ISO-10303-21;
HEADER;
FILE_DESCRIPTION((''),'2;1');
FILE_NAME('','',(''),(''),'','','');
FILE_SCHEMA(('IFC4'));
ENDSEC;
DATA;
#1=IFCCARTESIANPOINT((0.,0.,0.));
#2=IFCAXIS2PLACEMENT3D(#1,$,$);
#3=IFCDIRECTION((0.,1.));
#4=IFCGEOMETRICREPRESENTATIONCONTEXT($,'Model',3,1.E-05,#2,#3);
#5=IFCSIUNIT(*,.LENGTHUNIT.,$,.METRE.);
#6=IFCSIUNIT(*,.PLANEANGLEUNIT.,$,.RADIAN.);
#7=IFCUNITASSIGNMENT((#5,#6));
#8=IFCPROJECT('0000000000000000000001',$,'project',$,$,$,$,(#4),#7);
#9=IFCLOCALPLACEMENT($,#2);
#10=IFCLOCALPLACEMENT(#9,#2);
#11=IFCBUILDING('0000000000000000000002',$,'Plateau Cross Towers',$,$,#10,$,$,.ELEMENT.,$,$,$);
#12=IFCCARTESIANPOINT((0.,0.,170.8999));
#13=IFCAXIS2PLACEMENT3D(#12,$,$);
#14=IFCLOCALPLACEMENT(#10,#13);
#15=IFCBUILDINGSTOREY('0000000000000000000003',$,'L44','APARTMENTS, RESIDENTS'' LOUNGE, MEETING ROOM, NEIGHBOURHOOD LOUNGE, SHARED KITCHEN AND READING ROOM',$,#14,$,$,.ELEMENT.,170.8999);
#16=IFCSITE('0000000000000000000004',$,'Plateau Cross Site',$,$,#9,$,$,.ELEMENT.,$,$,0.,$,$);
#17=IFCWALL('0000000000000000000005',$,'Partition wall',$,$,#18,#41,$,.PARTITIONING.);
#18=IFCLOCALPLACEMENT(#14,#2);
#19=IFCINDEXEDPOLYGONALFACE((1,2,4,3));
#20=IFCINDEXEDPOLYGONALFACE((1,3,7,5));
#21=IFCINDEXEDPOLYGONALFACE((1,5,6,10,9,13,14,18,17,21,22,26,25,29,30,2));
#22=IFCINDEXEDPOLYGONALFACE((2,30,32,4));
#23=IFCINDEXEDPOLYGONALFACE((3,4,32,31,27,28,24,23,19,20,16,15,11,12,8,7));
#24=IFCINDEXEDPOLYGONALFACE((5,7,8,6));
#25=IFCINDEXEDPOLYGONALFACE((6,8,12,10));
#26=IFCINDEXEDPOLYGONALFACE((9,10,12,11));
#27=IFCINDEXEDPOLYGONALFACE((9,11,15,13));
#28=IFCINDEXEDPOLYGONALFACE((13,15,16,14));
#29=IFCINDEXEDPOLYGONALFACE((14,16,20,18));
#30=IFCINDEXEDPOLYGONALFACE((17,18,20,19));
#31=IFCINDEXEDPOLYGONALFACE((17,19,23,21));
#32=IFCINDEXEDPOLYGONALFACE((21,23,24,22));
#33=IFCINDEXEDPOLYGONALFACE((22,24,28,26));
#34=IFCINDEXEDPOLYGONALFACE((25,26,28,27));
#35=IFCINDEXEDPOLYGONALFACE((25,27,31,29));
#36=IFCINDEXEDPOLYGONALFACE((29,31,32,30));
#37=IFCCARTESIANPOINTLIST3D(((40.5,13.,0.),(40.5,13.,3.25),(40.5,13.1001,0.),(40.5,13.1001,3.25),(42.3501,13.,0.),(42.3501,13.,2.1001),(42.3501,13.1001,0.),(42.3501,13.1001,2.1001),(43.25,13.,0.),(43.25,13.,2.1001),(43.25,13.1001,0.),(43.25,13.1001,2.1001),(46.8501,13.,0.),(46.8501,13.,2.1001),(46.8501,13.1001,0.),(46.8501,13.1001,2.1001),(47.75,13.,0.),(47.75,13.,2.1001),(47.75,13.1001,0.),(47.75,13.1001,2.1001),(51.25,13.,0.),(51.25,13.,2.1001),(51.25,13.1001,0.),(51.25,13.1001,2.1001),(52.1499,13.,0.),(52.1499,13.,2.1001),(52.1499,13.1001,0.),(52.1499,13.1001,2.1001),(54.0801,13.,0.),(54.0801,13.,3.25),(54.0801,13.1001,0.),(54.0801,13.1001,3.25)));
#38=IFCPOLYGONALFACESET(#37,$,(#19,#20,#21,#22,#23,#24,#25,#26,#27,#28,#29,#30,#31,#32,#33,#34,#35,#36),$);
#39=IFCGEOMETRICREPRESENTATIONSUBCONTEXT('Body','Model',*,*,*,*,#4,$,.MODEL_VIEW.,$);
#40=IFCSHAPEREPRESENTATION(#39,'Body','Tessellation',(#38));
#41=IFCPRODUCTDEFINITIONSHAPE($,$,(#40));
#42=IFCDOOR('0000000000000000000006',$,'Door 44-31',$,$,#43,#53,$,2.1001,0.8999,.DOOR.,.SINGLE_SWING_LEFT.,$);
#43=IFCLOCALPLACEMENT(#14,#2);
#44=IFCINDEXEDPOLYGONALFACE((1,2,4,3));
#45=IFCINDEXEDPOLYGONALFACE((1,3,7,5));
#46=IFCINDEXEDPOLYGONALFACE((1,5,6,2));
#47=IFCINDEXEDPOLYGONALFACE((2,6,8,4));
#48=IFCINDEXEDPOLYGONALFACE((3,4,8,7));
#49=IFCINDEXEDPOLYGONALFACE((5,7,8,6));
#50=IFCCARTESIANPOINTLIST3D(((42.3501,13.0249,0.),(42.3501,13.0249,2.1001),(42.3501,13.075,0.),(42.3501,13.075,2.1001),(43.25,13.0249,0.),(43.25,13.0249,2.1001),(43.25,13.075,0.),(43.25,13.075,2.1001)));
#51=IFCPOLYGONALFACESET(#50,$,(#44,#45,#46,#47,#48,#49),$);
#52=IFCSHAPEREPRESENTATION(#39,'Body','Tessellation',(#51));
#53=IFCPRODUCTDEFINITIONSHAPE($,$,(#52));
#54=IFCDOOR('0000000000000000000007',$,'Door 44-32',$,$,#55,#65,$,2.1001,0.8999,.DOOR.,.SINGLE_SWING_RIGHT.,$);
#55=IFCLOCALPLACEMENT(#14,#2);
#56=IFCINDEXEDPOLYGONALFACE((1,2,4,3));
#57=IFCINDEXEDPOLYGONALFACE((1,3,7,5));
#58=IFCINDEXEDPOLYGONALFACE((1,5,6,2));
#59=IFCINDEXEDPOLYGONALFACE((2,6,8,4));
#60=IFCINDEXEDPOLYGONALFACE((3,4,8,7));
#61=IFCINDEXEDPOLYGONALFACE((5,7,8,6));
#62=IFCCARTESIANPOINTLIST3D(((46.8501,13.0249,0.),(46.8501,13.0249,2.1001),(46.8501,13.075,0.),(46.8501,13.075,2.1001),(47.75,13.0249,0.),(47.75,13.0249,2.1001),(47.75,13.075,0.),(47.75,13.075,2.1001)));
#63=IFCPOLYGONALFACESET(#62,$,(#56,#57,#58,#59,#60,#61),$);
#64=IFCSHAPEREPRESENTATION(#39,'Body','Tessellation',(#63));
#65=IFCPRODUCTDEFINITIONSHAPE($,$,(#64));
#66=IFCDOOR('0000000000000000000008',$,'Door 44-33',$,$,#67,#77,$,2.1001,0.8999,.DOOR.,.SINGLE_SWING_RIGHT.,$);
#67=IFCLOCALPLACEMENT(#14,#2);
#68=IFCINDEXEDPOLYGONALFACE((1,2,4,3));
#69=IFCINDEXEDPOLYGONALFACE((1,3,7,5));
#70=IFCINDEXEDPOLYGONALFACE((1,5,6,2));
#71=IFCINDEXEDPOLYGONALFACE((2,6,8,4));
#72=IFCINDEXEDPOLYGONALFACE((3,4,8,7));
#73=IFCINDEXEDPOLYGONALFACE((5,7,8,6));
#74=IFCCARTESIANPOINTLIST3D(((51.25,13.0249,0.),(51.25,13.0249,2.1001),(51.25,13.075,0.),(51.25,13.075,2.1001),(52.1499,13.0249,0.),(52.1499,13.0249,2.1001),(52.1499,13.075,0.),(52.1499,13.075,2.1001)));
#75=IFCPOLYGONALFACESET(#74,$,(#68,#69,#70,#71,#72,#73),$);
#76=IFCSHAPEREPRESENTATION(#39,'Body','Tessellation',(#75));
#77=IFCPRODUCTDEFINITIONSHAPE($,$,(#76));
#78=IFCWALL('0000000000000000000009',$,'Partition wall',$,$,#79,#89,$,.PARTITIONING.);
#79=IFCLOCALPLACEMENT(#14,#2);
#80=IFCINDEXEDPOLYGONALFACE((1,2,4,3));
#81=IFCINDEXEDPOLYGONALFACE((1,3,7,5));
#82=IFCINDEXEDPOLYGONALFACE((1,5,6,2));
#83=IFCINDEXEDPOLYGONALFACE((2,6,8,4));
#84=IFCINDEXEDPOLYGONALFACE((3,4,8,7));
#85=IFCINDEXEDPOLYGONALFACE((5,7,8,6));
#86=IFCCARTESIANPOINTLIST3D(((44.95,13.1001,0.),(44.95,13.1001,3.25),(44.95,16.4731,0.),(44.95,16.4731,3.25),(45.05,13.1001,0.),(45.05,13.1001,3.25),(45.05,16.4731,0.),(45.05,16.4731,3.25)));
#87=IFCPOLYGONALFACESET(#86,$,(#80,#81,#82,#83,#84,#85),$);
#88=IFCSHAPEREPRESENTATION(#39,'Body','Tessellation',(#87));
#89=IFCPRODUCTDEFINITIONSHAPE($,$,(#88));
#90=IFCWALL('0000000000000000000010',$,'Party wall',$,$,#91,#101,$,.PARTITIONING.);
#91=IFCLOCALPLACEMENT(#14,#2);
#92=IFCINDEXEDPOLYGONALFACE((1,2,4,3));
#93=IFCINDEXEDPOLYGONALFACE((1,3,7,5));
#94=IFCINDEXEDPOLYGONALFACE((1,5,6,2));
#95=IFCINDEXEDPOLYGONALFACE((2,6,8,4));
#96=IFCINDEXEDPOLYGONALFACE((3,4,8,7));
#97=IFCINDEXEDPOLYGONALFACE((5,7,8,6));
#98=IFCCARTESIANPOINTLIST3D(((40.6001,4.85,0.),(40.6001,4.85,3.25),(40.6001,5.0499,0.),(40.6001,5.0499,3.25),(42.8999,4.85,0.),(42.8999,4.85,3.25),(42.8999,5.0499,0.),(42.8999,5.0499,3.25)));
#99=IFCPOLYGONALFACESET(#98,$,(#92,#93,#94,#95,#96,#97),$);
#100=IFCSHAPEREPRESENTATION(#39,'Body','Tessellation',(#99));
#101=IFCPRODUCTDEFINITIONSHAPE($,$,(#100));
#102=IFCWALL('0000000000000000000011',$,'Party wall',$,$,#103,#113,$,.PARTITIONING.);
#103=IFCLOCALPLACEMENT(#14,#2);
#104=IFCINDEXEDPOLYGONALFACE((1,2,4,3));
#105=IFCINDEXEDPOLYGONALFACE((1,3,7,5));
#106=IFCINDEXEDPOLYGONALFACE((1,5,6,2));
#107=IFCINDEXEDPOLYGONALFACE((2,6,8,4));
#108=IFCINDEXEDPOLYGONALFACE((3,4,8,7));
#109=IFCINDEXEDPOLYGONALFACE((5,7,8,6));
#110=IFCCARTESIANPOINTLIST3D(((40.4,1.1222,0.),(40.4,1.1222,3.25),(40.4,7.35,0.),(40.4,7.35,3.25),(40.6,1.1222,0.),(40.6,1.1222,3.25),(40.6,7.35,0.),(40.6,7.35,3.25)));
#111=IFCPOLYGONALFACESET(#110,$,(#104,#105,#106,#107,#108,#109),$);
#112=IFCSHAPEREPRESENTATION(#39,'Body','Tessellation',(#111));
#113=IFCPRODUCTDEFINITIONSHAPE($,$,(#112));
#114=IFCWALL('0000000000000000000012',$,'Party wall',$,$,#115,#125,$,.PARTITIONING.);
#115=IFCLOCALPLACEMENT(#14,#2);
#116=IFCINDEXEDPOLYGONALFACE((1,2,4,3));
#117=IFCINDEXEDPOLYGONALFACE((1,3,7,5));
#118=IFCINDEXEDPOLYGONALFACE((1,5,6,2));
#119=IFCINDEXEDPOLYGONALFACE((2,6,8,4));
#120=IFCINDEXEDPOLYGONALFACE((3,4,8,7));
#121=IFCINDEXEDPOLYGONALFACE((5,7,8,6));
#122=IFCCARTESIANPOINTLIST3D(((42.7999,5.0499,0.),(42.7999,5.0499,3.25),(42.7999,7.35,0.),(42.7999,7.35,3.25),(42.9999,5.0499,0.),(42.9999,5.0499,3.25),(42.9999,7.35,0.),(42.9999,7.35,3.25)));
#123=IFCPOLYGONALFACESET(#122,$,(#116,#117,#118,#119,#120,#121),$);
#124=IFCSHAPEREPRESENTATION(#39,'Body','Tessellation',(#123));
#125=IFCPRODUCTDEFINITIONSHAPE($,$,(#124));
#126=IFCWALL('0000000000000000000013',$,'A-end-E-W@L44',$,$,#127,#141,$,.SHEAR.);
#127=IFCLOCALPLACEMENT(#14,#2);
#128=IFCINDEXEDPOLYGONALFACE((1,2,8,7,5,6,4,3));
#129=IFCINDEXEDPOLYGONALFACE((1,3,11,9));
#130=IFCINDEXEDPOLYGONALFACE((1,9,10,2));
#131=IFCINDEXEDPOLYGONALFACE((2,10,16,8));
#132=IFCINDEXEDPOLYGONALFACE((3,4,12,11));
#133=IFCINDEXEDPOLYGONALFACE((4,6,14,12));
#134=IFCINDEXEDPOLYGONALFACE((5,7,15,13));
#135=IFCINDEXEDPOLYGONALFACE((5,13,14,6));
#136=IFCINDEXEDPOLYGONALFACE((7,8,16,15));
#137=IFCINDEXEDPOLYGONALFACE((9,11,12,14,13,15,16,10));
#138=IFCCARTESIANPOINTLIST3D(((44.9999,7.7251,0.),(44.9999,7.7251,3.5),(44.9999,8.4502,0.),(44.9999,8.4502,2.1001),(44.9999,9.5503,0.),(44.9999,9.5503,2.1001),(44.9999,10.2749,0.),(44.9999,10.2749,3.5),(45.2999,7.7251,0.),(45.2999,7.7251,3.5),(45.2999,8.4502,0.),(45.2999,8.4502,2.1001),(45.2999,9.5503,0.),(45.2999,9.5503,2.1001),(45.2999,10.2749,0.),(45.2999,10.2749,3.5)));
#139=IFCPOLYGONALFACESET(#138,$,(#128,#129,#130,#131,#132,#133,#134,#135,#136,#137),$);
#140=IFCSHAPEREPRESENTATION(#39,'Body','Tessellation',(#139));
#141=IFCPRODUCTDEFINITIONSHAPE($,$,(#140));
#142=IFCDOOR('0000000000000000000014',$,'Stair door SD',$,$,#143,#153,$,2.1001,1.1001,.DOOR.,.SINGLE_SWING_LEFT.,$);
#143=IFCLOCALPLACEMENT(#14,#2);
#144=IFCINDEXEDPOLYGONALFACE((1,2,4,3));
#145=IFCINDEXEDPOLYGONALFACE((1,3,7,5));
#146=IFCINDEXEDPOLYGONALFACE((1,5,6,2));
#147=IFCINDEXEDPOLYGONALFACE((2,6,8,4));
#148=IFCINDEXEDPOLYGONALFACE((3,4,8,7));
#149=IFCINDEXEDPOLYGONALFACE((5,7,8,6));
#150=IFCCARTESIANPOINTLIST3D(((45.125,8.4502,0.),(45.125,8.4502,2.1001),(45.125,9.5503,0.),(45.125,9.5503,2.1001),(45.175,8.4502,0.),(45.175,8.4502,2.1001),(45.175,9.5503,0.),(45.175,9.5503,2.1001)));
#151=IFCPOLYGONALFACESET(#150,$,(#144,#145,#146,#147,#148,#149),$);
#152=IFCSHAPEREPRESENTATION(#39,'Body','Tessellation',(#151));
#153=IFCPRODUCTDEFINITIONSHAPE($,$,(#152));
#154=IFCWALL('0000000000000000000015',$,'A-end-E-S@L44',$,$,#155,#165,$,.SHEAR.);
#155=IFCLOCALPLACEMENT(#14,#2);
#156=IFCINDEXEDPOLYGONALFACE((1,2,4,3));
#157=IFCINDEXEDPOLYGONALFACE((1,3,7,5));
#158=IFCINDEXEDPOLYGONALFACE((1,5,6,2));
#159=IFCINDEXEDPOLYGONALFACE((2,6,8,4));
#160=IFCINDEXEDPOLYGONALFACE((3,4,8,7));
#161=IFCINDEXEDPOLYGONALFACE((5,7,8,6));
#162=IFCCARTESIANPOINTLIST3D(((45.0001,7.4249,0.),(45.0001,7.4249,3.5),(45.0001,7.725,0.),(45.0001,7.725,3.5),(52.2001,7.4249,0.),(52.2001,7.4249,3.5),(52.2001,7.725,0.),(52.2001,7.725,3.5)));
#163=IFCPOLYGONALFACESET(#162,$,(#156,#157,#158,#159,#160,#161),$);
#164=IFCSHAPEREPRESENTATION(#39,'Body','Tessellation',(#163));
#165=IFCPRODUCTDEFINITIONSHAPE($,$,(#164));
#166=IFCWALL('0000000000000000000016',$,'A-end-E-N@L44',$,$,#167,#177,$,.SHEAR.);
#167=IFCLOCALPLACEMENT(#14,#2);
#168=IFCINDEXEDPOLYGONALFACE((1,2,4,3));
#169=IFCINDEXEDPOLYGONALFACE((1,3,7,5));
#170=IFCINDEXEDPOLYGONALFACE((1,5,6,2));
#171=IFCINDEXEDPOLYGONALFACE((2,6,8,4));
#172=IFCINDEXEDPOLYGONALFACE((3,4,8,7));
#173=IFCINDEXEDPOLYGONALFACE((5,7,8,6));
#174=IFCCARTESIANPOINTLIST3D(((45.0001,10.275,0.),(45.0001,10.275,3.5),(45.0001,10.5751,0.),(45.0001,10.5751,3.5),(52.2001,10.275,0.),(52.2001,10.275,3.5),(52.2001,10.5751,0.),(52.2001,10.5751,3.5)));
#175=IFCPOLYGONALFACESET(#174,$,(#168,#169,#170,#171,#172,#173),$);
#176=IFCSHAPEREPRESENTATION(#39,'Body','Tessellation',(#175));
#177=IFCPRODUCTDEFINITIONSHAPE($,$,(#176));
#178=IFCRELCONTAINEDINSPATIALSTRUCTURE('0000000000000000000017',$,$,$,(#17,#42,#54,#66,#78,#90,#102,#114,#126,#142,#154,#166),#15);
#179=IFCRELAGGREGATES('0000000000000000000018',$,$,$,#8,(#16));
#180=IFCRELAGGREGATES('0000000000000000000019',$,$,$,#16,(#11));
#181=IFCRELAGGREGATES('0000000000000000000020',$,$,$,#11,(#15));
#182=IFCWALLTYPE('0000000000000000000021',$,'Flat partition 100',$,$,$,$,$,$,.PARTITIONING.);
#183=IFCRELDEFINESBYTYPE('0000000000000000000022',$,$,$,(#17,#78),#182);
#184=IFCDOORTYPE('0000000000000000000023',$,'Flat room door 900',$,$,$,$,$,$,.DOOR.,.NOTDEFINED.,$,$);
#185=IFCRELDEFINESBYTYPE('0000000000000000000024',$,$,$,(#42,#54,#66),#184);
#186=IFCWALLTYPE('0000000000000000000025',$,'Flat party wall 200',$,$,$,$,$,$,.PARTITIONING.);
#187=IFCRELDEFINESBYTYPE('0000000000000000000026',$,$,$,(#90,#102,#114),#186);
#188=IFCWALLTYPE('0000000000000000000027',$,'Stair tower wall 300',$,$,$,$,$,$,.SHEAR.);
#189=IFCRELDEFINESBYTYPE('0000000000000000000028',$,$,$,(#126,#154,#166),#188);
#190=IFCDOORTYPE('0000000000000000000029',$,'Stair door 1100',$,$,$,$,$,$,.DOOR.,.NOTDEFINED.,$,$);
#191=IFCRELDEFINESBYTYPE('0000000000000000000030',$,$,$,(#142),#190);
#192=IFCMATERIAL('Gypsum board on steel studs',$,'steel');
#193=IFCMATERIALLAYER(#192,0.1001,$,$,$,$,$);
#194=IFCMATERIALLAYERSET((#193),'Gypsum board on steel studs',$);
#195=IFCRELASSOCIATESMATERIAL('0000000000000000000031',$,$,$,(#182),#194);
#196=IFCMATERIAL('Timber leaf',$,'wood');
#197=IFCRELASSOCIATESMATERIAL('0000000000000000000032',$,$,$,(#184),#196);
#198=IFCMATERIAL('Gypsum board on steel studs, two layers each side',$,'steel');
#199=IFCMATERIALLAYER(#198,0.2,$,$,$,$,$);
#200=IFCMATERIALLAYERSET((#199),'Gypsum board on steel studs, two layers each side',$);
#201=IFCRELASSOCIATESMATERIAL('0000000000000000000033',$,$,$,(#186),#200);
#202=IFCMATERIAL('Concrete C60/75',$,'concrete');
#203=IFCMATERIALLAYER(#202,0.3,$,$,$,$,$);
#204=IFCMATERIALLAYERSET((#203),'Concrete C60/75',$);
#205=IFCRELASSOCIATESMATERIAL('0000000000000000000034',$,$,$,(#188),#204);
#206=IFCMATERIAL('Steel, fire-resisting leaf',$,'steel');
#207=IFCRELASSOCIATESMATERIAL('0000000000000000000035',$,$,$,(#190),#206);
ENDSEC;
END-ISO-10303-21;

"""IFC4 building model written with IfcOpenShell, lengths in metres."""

from ifc_helpers import new_model, si_unit, direction, frame, frame_2d, origin, place, context, subcontext, project, spatial, rectangle, extrude, material, layer, layer_set, type_object, element, fill, save


model = new_model("IFC4")

# Units and contexts
model_context = context("Model", 3, precision=1e-05, world=origin(), true_north=direction((0.0, 1.0)))
body_context = subcontext(model_context, "Body", "Model", "MODEL_VIEW")
ifc_project = project(units=[si_unit("LENGTHUNIT", "METRE"), si_unit("PLANEANGLEUNIT", "RADIAN")], contexts=[model_context])

# Site, building, storey
site_placement = place(None, origin())
site = spatial("IfcSite", under=ifc_project, at=site_placement, Name="Plateau Cross Site", CompositionType="ELEMENT", RefElevation=0.0)
building_placement = place(site_placement, origin())
building = spatial("IfcBuilding", under=site, at=building_placement, Name="Plateau Cross Towers", CompositionType="ELEMENT")
storey_placement = place(building_placement, frame((0.0, 0.0, 170.8999)))
storey = spatial("IfcBuildingStorey", under=building, at=storey_placement, Name="L44", Description="APARTMENTS, RESIDENTS' LOUNGE, MEETING ROOM, NEIGHBOURHOOD LOUNGE, SHARED KITCHEN AND READING ROOM", CompositionType="ELEMENT", Elevation=170.8999)

# Shared definitions
ifc_material_1 = material(Name="Gypsum board on steel studs", Category="steel")
ifc_layer_1 = layer(ifc_material_1, 0.1001)
ifc_layer_set_1 = layer_set([ifc_layer_1], Name="Gypsum board on steel studs")
wall_type_1 = type_object("IfcWallType", Name="Flat partition 100", PredefinedType="PARTITIONING", material=ifc_layer_set_1)
ifc_material_2 = material(Name="Timber leaf", Category="wood")
door_type_1 = type_object("IfcDoorType", Name="Flat room door 900", OperationType="NOTDEFINED", PredefinedType="DOOR", material=ifc_material_2)

# Wall, openings, doors
wall_1_placement = place(storey_placement, frame((40.5, 13.05, 0.0), z_axis=(0.0, 0.0, 1.0), x_axis=(1.0, 0.0, 0.0)))
wall_1 = element("IfcWall", 1, at=wall_1_placement, inside=storey, type_object=wall_type_1, Name="Partition wall", PredefinedType="PARTITIONING", context=body_context, shape_type="SweptSolid", body=[
    extrude(rectangle(XDim=13.5801, YDim=0.1001, at=frame_2d((6.79, 0.0))), origin(), (0.0, 0.0, 1.0), 3.25),
])
opening_1_placement = place(wall_1_placement, frame((1.8501, 0.0, 0.0)))
opening_1 = element("IfcOpeningElement", 2, at=opening_1_placement, cuts=wall_1, PredefinedType="OPENING", context=body_context, shape_type="SweptSolid", body=[
    extrude(rectangle(XDim=0.8999, YDim=2.1001, at=frame_2d((0.45, 1.05))), frame((0.0, 0.0601, 0.0), z_axis=(0.0, -1.0, 0.0), x_axis=(1.0, 0.0, 0.0)), (0.0, 0.0, 1.0), 0.1201),
])
opening_2_placement = place(wall_1_placement, frame((6.3501, 0.0, 0.0)))
opening_2 = element("IfcOpeningElement", 3, at=opening_2_placement, cuts=wall_1, PredefinedType="OPENING", context=body_context, shape_type="SweptSolid", body=[
    extrude(rectangle(XDim=0.8999, YDim=2.1001, at=frame_2d((0.45, 1.05))), frame((0.0, 0.0601, 0.0), z_axis=(0.0, -1.0, 0.0), x_axis=(1.0, 0.0, 0.0)), (0.0, 0.0, 1.0), 0.1201),
])
opening_3_placement = place(wall_1_placement, frame((10.75, 0.0, 0.0)))
opening_3 = element("IfcOpeningElement", 4, at=opening_3_placement, cuts=wall_1, PredefinedType="OPENING", context=body_context, shape_type="SweptSolid", body=[
    extrude(rectangle(XDim=0.8999, YDim=2.1001, at=frame_2d((0.45, 1.05))), frame((0.0, 0.0601, 0.0), z_axis=(0.0, -1.0, 0.0), x_axis=(1.0, 0.0, 0.0)), (0.0, 0.0, 1.0), 0.1201),
])
door_1_placement = place(opening_1_placement, origin())
door_1 = element("IfcDoor", 5, at=door_1_placement, inside=storey, type_object=door_type_1, Name="Door 44-31", OperationType="SINGLE_SWING_LEFT", OverallHeight=2.1001, OverallWidth=0.8999, PredefinedType="DOOR", context=body_context, shape_type="SweptSolid", body=[
    extrude(rectangle(XDim=0.8999, YDim=2.1001, at=frame_2d((0.45, 1.05))), frame((0.0, 0.0249, 0.0), z_axis=(0.0, -1.0, 0.0), x_axis=(1.0, 0.0, 0.0)), (0.0, 0.0, 1.0), 0.05),
])
fill(opening_1, door_1)
door_2_placement = place(opening_2_placement, origin())
door_2 = element("IfcDoor", 6, at=door_2_placement, inside=storey, type_object=door_type_1, Name="Door 44-32", OperationType="SINGLE_SWING_RIGHT", OverallHeight=2.1001, OverallWidth=0.8999, PredefinedType="DOOR", context=body_context, shape_type="SweptSolid", body=[
    extrude(rectangle(XDim=0.8999, YDim=2.1001, at=frame_2d((0.45, 1.05))), frame((0.0, 0.0249, 0.0), z_axis=(0.0, -1.0, 0.0), x_axis=(1.0, 0.0, 0.0)), (0.0, 0.0, 1.0), 0.05),
])
fill(opening_2, door_2)
door_3_placement = place(opening_3_placement, origin())
door_3 = element("IfcDoor", 7, at=door_3_placement, inside=storey, type_object=door_type_1, Name="Door 44-33", OperationType="SINGLE_SWING_RIGHT", OverallHeight=2.1001, OverallWidth=0.8999, PredefinedType="DOOR", context=body_context, shape_type="SweptSolid", body=[
    extrude(rectangle(XDim=0.8999, YDim=2.1001, at=frame_2d((0.45, 1.05))), frame((0.0, 0.0249, 0.0), z_axis=(0.0, -1.0, 0.0), x_axis=(1.0, 0.0, 0.0)), (0.0, 0.0, 1.0), 0.05),
])
fill(opening_3, door_3)

# Walls
wall_2_placement = place(storey_placement, frame((45.0, 13.1001, 0.0), z_axis=(0.0, 0.0, 1.0), x_axis=(0.0, 1.0, 0.0)))
element("IfcWall", 8, at=wall_2_placement, inside=storey, type_object=wall_type_1, Name="Partition wall", PredefinedType="PARTITIONING", context=body_context, shape_type="SweptSolid", body=[
    extrude(rectangle(XDim=3.373, YDim=0.1001, at=frame_2d((1.6865, 0.0))), origin(), (0.0, 0.0, 1.0), 3.25),
])
ifc_material_3 = material(Name="Gypsum board on steel studs, two layers each side", Category="steel")
ifc_layer_2 = layer(ifc_material_3, 0.2)
ifc_layer_set_2 = layer_set([ifc_layer_2], Name="Gypsum board on steel studs, two layers each side")
wall_type_2 = type_object("IfcWallType", Name="Flat party wall 200", PredefinedType="PARTITIONING", material=ifc_layer_set_2)
wall_3_placement = place(storey_placement, frame((40.6001, 4.95, 0.0), z_axis=(0.0, 0.0, 1.0), x_axis=(1.0, 0.0, 0.0)))
element("IfcWall", 9, at=wall_3_placement, inside=storey, type_object=wall_type_2, Name="Party wall", PredefinedType="PARTITIONING", context=body_context, shape_type="SweptSolid", body=[
    extrude(rectangle(XDim=2.2998, YDim=0.2, at=frame_2d((1.1499, 0.0))), origin(), (0.0, 0.0, 1.0), 3.25),
])
wall_4_placement = place(storey_placement, frame((40.5, 1.1223, 0.0), z_axis=(0.0, 0.0, 1.0), x_axis=(0.0, 1.0, 0.0)))
element("IfcWall", 10, at=wall_4_placement, inside=storey, type_object=wall_type_2, Name="Party wall", PredefinedType="PARTITIONING", context=body_context, shape_type="SweptSolid", body=[
    extrude(rectangle(XDim=6.2278, YDim=0.2, at=frame_2d((3.1138, 0.0))), origin(), (0.0, 0.0, 1.0), 3.25),
])
wall_5_placement = place(storey_placement, frame((42.8999, 5.05, 0.0), z_axis=(0.0, 0.0, 1.0), x_axis=(0.0, 1.0, 0.0)))
element("IfcWall", 11, at=wall_5_placement, inside=storey, type_object=wall_type_2, Name="Party wall", PredefinedType="PARTITIONING", context=body_context, shape_type="SweptSolid", body=[
    extrude(rectangle(XDim=2.3, YDim=0.2, at=frame_2d((1.1499, 0.0))), origin(), (0.0, 0.0, 1.0), 3.25),
])

# Wall, opening, door
ifc_material_4 = material(Name="Concrete C60/75", Category="concrete")
ifc_layer_3 = layer(ifc_material_4, 0.3)
ifc_layer_set_3 = layer_set([ifc_layer_3], Name="Concrete C60/75")
wall_type_3 = type_object("IfcWallType", Name="Stair tower wall 300", PredefinedType="SHEAR", material=ifc_layer_set_3)
wall_6_placement = place(storey_placement, frame((45.1499, 7.7251, 0.0), z_axis=(0.0, 0.0, 1.0), x_axis=(0.0, 1.0, 0.0)))
wall_6 = element("IfcWall", 12, at=wall_6_placement, inside=storey, type_object=wall_type_3, Name="A-end-E-W@L44", PredefinedType="SHEAR", context=body_context, shape_type="SweptSolid", body=[
    extrude(rectangle(XDim=2.5498, YDim=0.3, at=frame_2d((1.2749, 0.0))), origin(), (0.0, 0.0, 1.0), 3.5),
])
opening_4_placement = place(wall_6_placement, frame((0.7251, 0.0, 0.0)))
opening_4 = element("IfcOpeningElement", 13, at=opening_4_placement, cuts=wall_6, PredefinedType="OPENING", context=body_context, shape_type="SweptSolid", body=[
    extrude(rectangle(XDim=1.1001, YDim=2.1001, at=frame_2d((0.55, 1.05))), frame((0.0, 0.1599, 0.0), z_axis=(0.0, -1.0, 0.0), x_axis=(1.0, 0.0, 0.0)), (0.0, 0.0, 1.0), 0.3201),
])
ifc_material_5 = material(Name="Steel, fire-resisting leaf", Category="steel")
door_type_2 = type_object("IfcDoorType", Name="Stair door 1100", OperationType="NOTDEFINED", PredefinedType="DOOR", material=ifc_material_5)
door_4_placement = place(opening_4_placement, origin())
door_4 = element("IfcDoor", 14, at=door_4_placement, inside=storey, type_object=door_type_2, Name="Stair door SD", OperationType="SINGLE_SWING_LEFT", OverallHeight=2.1001, OverallWidth=1.1001, PredefinedType="DOOR", context=body_context, shape_type="SweptSolid", body=[
    extrude(rectangle(XDim=1.1001, YDim=2.1001, at=frame_2d((0.55, 1.05))), frame((0.0, 0.0249, 0.0), z_axis=(0.0, -1.0, 0.0), x_axis=(1.0, 0.0, 0.0)), (0.0, 0.0, 1.0), 0.05),
])
fill(opening_4, door_4)

# Walls
for number, where, z_axis, x_axis, name in (
    (15, (45.0, 7.575, 0.0), (0.0, 0.0, 1.0), (1.0, 0.0, 0.0), "A-end-E-S@L44"),
    (16, (45.0, 10.425, 0.0), (0.0, 0.0, 1.0), (1.0, 0.0, 0.0), "A-end-E-N@L44"),
):
    element("IfcWall", number, at=place(storey_placement, frame(where, z_axis=z_axis, x_axis=x_axis)), inside=storey, type_object=wall_type_3, Name=name, PredefinedType="SHEAR", context=body_context, shape_type="SweptSolid", body=[
        extrude(rectangle(XDim=7.2, YDim=0.3, at=frame_2d((3.6001, 0.0))), origin(), (0.0, 0.0, 1.0), 3.5),
    ])

save(model, "model.ifc")
